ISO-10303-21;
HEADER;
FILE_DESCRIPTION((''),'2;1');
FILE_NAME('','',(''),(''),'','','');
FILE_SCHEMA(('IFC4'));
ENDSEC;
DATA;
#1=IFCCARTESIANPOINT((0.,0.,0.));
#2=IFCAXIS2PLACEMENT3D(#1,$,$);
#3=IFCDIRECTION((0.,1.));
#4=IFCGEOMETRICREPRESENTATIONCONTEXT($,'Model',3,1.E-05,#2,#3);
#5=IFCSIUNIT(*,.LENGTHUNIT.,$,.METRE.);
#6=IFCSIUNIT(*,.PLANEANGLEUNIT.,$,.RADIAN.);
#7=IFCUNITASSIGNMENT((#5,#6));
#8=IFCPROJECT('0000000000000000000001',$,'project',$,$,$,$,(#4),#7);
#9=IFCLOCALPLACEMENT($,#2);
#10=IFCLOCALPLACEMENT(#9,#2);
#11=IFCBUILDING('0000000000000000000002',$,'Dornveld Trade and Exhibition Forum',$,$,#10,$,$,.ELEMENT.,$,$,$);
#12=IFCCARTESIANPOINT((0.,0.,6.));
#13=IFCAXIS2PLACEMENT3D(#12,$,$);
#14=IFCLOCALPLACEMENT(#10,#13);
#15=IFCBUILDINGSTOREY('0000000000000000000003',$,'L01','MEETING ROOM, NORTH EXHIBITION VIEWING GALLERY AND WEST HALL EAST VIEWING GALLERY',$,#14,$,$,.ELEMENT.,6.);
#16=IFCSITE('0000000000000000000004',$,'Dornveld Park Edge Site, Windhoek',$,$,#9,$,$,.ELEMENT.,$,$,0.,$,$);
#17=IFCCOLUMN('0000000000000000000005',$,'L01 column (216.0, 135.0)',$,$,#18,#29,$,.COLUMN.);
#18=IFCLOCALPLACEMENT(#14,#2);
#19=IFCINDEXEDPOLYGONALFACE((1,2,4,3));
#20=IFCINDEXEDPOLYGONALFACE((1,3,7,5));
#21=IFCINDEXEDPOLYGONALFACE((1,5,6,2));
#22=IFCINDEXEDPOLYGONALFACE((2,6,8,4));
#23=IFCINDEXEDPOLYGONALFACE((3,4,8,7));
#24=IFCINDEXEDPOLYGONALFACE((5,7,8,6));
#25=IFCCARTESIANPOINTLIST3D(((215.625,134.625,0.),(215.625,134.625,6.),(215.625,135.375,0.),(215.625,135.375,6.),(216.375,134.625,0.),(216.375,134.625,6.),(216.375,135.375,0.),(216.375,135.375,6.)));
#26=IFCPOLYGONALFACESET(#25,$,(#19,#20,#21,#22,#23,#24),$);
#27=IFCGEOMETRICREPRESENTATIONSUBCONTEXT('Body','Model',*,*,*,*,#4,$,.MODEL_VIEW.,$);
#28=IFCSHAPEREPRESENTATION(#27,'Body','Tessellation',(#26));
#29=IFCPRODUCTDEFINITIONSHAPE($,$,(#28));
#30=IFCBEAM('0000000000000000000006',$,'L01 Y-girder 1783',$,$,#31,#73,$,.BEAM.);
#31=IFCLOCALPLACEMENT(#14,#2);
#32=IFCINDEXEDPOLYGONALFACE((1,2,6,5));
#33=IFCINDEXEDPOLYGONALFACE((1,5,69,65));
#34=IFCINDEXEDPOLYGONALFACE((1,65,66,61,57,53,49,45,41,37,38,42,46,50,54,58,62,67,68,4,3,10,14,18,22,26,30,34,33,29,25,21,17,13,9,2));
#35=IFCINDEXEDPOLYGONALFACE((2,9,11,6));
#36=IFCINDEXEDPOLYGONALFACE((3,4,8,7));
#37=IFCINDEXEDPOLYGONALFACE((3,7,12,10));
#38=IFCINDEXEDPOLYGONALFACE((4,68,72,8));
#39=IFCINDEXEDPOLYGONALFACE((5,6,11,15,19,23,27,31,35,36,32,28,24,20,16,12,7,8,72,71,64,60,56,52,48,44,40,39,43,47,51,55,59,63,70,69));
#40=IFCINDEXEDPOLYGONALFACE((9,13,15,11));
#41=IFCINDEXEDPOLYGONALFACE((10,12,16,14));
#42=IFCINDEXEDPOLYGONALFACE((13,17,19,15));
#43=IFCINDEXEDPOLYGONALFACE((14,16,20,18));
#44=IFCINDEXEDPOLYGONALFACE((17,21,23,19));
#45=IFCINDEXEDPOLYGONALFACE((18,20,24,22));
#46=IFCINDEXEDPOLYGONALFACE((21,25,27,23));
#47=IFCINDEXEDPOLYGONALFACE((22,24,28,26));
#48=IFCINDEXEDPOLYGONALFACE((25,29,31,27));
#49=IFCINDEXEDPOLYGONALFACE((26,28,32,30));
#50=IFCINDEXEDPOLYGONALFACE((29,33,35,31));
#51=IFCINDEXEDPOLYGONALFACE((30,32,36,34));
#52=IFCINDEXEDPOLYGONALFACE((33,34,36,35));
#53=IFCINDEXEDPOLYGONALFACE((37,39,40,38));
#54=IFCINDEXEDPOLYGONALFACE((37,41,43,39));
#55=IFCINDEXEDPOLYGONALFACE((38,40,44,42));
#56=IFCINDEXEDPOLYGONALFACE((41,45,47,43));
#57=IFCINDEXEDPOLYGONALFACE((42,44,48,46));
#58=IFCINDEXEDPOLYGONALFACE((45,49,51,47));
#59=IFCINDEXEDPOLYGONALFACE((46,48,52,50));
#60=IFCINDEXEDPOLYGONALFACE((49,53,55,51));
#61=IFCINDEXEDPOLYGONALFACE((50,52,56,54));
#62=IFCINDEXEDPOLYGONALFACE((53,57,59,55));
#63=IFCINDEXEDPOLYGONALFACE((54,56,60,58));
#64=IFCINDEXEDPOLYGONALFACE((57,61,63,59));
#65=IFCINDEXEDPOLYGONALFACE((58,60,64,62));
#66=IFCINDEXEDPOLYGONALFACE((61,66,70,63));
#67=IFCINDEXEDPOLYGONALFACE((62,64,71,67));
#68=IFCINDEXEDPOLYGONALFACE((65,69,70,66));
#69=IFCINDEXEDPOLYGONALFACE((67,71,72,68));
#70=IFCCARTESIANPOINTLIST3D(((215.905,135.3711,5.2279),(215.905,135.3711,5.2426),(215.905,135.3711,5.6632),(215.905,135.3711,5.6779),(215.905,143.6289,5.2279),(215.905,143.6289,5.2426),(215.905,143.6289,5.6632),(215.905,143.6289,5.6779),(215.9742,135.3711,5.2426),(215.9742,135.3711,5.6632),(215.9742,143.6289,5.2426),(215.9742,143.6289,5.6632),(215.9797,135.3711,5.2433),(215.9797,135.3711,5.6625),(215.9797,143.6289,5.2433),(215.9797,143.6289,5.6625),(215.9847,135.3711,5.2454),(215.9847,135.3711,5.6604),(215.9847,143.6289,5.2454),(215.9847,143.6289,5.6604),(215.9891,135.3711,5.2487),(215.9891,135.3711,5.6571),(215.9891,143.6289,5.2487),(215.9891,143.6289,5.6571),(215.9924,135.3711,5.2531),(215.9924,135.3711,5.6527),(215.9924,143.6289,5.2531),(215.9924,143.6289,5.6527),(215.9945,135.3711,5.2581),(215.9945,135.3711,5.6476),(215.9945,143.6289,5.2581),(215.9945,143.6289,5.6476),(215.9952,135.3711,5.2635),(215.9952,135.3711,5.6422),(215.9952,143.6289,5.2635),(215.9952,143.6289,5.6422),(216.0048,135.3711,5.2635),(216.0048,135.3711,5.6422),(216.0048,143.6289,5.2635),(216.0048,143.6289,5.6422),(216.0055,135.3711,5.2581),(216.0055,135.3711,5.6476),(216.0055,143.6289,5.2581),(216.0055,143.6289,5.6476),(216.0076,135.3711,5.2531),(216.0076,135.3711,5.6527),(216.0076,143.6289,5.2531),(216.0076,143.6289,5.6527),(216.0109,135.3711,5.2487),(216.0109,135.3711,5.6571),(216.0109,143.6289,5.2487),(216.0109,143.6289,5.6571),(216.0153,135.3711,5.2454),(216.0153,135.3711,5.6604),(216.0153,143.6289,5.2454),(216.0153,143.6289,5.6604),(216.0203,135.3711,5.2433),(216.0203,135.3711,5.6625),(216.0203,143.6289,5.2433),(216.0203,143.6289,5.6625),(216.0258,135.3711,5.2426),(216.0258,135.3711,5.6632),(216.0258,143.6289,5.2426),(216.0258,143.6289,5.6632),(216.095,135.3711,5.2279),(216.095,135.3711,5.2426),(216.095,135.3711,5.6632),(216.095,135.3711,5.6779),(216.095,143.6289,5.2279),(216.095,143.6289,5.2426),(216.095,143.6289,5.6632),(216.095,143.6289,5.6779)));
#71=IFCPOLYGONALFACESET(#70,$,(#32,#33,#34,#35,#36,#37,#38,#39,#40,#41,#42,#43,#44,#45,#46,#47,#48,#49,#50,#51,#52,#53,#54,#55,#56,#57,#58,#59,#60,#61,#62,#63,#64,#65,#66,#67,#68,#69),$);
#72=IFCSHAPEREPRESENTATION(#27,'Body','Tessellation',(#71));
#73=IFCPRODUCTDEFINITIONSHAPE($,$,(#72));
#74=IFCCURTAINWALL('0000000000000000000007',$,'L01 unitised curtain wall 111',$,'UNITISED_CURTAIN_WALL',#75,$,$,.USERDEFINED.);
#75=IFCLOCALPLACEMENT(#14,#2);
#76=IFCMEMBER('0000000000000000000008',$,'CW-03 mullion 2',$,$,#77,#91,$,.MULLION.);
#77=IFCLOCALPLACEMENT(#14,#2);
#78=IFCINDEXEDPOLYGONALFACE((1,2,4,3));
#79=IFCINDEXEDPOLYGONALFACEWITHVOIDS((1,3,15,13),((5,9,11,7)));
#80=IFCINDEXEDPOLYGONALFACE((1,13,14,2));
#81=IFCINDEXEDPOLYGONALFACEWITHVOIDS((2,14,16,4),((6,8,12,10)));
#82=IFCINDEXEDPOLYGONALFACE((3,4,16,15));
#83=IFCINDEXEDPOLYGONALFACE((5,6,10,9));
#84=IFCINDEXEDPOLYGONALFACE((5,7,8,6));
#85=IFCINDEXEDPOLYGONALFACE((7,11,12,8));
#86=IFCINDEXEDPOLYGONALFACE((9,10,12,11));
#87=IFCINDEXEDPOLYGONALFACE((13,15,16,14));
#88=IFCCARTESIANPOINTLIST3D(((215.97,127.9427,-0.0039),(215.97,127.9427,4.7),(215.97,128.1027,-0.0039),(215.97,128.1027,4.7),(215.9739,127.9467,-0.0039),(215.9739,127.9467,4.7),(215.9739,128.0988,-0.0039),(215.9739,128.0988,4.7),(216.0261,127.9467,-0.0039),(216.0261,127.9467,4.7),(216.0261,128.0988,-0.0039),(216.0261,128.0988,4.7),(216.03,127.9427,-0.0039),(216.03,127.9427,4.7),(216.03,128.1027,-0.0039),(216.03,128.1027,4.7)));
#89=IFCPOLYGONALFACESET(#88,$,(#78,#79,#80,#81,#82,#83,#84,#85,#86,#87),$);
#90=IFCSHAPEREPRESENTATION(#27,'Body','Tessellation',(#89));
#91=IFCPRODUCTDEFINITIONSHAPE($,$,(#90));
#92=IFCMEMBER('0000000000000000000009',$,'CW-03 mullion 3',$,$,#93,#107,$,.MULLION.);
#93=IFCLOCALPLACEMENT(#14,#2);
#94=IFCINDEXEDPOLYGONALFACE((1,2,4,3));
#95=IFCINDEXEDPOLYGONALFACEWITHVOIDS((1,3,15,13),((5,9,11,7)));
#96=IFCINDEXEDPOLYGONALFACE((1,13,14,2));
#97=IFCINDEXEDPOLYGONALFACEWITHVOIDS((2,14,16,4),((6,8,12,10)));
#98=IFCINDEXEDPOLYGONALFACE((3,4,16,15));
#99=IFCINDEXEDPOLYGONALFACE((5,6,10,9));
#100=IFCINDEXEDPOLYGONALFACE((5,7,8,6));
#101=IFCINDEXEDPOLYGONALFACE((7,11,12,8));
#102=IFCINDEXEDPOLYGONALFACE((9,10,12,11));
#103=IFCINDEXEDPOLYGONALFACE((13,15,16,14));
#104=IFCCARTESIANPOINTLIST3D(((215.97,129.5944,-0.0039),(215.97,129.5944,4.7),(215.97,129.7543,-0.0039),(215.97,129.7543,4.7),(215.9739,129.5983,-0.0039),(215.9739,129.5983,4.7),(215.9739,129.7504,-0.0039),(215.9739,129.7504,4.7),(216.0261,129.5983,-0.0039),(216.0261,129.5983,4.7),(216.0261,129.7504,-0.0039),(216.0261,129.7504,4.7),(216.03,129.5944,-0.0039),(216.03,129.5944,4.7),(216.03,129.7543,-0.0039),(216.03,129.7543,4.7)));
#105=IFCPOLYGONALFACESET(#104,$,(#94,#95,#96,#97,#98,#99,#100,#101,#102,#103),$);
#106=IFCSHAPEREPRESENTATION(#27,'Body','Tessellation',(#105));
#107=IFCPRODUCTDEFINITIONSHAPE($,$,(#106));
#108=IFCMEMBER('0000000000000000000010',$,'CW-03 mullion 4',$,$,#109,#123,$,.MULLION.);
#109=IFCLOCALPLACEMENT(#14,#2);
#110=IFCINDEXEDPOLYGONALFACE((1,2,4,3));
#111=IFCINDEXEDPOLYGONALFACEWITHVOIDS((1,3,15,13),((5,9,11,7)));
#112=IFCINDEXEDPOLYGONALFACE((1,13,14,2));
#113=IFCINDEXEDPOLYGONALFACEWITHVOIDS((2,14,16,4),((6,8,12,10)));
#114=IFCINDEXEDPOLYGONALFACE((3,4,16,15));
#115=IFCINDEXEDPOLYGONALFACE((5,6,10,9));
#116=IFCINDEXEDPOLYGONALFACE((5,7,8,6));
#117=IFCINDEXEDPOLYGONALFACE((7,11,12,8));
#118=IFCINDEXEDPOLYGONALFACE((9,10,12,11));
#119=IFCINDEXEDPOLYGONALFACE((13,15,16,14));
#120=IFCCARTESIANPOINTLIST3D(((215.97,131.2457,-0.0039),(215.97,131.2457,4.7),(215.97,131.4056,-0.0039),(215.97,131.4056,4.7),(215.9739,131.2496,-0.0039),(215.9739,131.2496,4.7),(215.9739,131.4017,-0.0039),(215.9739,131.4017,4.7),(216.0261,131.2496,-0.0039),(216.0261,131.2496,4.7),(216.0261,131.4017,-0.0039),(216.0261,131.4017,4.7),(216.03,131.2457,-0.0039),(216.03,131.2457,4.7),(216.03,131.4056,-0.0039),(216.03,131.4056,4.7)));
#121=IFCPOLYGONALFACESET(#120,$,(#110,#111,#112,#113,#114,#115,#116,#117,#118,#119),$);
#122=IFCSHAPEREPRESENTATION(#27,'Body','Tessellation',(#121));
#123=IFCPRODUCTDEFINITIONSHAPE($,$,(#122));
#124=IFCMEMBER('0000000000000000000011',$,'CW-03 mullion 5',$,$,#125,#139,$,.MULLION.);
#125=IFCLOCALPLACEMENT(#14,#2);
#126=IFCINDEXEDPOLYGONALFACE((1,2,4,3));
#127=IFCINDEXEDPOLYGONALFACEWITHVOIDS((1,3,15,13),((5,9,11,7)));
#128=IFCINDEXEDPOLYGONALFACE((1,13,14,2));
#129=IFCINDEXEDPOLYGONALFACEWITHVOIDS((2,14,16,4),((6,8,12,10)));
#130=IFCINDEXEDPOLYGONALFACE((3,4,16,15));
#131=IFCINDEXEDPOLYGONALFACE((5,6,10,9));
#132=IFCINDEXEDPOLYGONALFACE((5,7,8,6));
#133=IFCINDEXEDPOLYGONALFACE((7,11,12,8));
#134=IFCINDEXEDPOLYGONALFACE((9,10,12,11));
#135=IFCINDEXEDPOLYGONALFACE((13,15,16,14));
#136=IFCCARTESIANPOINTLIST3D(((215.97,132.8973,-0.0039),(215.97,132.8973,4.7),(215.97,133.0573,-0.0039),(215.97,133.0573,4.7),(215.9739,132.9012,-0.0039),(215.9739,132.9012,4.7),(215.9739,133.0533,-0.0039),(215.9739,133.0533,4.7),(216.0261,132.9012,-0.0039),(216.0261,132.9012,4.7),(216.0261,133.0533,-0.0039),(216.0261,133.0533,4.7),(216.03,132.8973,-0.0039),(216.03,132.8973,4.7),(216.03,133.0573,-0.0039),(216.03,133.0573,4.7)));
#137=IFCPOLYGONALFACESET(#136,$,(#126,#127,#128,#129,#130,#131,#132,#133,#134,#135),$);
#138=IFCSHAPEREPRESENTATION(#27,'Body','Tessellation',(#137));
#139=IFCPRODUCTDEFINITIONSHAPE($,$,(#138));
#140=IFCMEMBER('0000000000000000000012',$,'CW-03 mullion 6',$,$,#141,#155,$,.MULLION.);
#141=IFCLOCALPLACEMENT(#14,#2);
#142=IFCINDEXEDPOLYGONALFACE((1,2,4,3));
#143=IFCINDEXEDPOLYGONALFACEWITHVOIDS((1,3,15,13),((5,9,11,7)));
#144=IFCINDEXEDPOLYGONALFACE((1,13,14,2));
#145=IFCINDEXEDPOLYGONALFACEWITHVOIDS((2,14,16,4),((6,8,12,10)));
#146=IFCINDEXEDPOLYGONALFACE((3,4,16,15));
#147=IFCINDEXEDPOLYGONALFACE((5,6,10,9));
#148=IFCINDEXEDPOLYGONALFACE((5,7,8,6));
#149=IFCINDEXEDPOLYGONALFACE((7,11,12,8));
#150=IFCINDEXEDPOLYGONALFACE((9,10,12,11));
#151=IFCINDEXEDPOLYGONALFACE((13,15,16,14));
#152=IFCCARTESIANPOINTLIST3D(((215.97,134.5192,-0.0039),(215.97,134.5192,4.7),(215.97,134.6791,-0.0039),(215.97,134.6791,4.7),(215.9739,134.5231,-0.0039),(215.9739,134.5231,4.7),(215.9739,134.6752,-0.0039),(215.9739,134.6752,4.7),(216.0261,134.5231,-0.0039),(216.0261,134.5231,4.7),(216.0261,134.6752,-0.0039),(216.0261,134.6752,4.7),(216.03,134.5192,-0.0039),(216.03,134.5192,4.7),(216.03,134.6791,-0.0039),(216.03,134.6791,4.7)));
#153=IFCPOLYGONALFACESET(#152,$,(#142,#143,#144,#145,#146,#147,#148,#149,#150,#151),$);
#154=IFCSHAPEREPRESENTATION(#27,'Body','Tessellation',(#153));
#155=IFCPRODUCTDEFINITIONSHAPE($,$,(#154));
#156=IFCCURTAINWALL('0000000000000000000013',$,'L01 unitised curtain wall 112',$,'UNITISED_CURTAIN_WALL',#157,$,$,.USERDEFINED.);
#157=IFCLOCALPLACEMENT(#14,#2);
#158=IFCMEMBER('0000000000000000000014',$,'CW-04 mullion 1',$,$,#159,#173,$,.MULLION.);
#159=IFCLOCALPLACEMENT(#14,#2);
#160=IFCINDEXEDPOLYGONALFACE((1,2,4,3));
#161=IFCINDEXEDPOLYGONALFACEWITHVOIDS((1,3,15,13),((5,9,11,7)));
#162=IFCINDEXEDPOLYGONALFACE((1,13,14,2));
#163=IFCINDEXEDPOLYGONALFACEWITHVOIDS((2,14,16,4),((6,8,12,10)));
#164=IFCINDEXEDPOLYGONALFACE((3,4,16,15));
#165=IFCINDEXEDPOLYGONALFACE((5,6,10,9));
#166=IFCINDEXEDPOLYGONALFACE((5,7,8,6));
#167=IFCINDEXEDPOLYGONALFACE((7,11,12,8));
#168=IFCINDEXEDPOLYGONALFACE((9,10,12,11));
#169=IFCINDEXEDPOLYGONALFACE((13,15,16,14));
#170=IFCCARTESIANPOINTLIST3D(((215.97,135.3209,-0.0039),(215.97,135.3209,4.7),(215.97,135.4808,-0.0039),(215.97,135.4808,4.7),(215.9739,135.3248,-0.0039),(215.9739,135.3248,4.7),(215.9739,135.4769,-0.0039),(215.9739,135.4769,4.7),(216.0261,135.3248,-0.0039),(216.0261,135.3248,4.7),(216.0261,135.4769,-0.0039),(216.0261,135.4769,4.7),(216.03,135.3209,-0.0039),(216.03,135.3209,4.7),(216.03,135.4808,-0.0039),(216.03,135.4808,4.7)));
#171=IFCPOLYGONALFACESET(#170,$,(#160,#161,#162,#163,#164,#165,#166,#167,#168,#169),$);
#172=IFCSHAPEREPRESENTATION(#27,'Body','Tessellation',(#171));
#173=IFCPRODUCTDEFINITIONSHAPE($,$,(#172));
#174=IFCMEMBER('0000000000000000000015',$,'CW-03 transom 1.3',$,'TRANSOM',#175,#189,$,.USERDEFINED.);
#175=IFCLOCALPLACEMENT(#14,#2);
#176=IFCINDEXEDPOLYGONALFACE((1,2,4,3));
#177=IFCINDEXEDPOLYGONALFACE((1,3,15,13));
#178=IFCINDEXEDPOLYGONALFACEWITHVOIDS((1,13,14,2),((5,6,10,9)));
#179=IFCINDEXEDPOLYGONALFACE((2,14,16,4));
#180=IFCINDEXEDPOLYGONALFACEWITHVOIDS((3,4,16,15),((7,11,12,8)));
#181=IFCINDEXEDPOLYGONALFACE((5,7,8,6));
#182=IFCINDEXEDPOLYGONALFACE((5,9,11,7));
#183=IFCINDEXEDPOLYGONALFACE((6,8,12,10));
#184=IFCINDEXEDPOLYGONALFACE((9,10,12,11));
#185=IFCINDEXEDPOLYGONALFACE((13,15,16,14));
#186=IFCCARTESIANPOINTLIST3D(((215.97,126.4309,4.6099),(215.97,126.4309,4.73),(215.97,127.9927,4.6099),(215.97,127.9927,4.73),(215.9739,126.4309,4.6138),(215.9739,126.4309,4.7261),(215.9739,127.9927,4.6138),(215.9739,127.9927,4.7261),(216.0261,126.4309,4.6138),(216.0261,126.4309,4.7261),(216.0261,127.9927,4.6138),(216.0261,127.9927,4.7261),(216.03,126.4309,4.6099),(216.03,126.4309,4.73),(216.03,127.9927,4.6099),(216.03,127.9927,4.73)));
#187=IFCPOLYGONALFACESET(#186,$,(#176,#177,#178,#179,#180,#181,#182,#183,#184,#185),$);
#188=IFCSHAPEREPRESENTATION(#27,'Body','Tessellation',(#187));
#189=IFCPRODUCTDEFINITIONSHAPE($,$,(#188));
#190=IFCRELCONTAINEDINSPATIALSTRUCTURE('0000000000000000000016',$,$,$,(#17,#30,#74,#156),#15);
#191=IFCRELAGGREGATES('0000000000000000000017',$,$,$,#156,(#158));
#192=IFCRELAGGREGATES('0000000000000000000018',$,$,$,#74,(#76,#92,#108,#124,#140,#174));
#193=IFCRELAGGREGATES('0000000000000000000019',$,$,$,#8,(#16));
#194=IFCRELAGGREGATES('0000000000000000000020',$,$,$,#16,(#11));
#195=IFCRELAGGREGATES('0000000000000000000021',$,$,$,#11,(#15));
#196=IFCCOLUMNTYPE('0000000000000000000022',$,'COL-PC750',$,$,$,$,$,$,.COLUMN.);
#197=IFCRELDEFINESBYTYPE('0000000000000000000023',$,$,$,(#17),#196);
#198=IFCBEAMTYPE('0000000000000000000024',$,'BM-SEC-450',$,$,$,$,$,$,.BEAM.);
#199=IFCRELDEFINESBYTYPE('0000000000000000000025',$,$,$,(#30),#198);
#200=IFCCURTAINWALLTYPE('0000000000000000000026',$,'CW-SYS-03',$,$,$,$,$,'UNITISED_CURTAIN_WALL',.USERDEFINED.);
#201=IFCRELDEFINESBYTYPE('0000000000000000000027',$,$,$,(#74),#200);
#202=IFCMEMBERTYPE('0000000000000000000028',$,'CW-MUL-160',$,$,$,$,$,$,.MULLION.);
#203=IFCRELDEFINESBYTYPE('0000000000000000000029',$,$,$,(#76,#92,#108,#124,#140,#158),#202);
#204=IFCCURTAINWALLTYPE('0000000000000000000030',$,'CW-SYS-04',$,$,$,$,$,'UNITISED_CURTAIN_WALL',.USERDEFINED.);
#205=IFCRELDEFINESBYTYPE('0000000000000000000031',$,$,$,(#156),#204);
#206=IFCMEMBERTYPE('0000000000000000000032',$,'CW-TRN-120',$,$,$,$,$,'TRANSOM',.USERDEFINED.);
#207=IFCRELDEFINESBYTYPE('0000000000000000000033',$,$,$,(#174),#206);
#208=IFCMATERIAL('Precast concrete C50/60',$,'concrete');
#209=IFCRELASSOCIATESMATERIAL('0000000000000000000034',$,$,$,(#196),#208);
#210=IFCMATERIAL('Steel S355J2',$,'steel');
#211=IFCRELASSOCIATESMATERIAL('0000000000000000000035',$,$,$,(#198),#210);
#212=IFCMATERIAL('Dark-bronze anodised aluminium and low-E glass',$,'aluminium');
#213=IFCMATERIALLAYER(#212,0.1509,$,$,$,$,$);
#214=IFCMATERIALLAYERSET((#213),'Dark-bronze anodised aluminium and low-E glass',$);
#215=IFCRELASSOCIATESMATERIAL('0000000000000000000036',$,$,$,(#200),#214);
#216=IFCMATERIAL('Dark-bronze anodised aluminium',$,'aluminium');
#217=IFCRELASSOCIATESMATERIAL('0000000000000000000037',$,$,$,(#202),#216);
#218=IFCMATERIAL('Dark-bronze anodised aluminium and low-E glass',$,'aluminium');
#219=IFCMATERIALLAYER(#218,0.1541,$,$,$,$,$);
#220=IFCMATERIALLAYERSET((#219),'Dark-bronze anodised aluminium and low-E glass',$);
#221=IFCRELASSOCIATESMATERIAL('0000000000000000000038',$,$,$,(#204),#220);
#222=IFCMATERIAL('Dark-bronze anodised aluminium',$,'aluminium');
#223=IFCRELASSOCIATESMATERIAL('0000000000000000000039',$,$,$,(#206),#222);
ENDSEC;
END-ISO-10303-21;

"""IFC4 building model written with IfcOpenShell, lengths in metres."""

from ifc_helpers import new_model, si_unit, direction, frame, origin, origin_2d, place, context, subcontext, project, spatial, rectangle, hollow_rectangle, i_section, extrude, material, layer, layer_set, material_profile, profile_set, type_object, element, aggregate, save


model = new_model("IFC4")

# Units and contexts
model_context = context("Model", 3, precision=1e-05, world=origin(), true_north=direction((0.0, 1.0)))
body_context = subcontext(model_context, "Body", "Model", "MODEL_VIEW")
ifc_project = project(units=[si_unit("LENGTHUNIT", "METRE"), si_unit("PLANEANGLEUNIT", "RADIAN")], contexts=[model_context])

# Site, building, storey
site_placement = place(None, origin())
site = spatial("IfcSite", under=ifc_project, at=site_placement, Name="Dornveld Park Edge Site, Windhoek", CompositionType="ELEMENT", RefElevation=0.0)
building_placement = place(site_placement, origin())
building = spatial("IfcBuilding", under=site, at=building_placement, Name="Dornveld Trade and Exhibition Forum", CompositionType="ELEMENT")
storey_placement = place(building_placement, frame((0.0, 0.0, 6.0)))
storey = spatial("IfcBuildingStorey", under=building, at=storey_placement, Name="L01", Description="MEETING ROOM, NORTH EXHIBITION VIEWING GALLERY AND WEST HALL EAST VIEWING GALLERY", CompositionType="ELEMENT", Elevation=6.0)

# Column
ifc_material_1 = material(Name="Precast concrete C50/60", Category="concrete")
ifc_material_profile_1 = material_profile(ifc_material_1, rectangle(XDim=0.75, YDim=0.75, at=origin_2d()), Name="PC-COL 750x750")
ifc_profile_set_1 = profile_set([ifc_material_profile_1], Name="Precast concrete C50/60")
column_type = type_object("IfcColumnType", Name="COL-PC750", PredefinedType="COLUMN", material=ifc_profile_set_1)
column_placement = place(storey_placement, frame((216.0, 135.0, 0.0), z_axis=(0.0, 0.0, 1.0), x_axis=(1.0, 0.0, 0.0)))
element("IfcColumn", 1, at=column_placement, inside=storey, type_object=column_type, Name="L01 column (216.0, 135.0)", PredefinedType="COLUMN", context=body_context, shape_type="SweptSolid", body=[
    extrude(rectangle(XDim=0.75, YDim=0.75, at=origin_2d()), origin(), (0.0, 0.0, 1.0), 6.0),
])

# Beam
ifc_material_2 = material(Name="Steel S355J2", Category="steel")
ifc_material_profile_2 = material_profile(ifc_material_2, i_section(OverallWidth=0.1899, OverallDepth=0.45, WebThickness=0.0095, FlangeThickness=0.0146, FilletRadius=0.021, at=origin_2d()), Name="IPE 450")
ifc_profile_set_2 = profile_set([ifc_material_profile_2], Name="Steel S355J2")
beam_type = type_object("IfcBeamType", Name="BM-SEC-450", PredefinedType="BEAM", material=ifc_profile_set_2)
beam_placement = place(storey_placement, frame((216.0, 135.3711, 5.4529), z_axis=(0.0, 1.0, 0.0), x_axis=(-1.0, 0.0, 0.0)))
element("IfcBeam", 2, at=beam_placement, inside=storey, type_object=beam_type, Name="L01 Y-girder 1783", PredefinedType="BEAM", context=body_context, shape_type="SweptSolid", body=[
    extrude(i_section(OverallWidth=0.1899, OverallDepth=0.45, WebThickness=0.0095, FlangeThickness=0.0146, FilletRadius=0.021, at=origin_2d()), origin(), (0.0, 0.0, 1.0), 8.2578),
])

# Curtain wall, members
ifc_material_3 = material(Name="Dark-bronze anodised aluminium and low-E glass", Category="aluminium")
ifc_layer_1 = layer(ifc_material_3, 0.1509)
ifc_layer_set_1 = layer_set([ifc_layer_1], Name="Dark-bronze anodised aluminium and low-E glass")
curtain_wall_type_1 = type_object("IfcCurtainWallType", Name="CW-SYS-03", ElementType="UNITISED_CURTAIN_WALL", PredefinedType="USERDEFINED", material=ifc_layer_set_1)
curtain_wall_1_placement = place(storey_placement, origin())
curtain_wall_1 = element("IfcCurtainWall", 3, at=curtain_wall_1_placement, inside=storey, type_object=curtain_wall_type_1, Name="L01 unitised curtain wall 111", ObjectType="UNITISED_CURTAIN_WALL", PredefinedType="USERDEFINED")
ifc_material_4 = material(Name="Dark-bronze anodised aluminium", Category="aluminium")
ifc_material_profile_3 = material_profile(ifc_material_4, hollow_rectangle(XDim=0.0601, YDim=0.1599, WallThickness=0.0039, at=origin_2d()), Name="RHS 160x60x4")
ifc_profile_set_3 = profile_set([ifc_material_profile_3], Name="Dark-bronze anodised aluminium")
member_type_1 = type_object("IfcMemberType", Name="CW-MUL-160", PredefinedType="MULLION", material=ifc_profile_set_3)
member_1_placement = place(storey_placement, frame((216.0, 128.0227, -0.0039), z_axis=(0.0, 0.0, 1.0), x_axis=(-1.0, 0.0, 0.0)))
member_1 = element("IfcMember", 4, at=member_1_placement, type_object=member_type_1, Name="CW-03 mullion 2", PredefinedType="MULLION", context=body_context, shape_type="SweptSolid", body=[
    extrude(hollow_rectangle(XDim=0.0601, YDim=0.1599, WallThickness=0.0039, at=origin_2d()), origin(), (0.0, 0.0, 1.0), 4.7039),
])
member_2_placement = place(storey_placement, frame((216.0, 129.6743, -0.0039), z_axis=(0.0, 0.0, 1.0), x_axis=(-1.0, 0.0, 0.0)))
member_2 = element("IfcMember", 5, at=member_2_placement, type_object=member_type_1, Name="CW-03 mullion 3", PredefinedType="MULLION", context=body_context, shape_type="SweptSolid", body=[
    extrude(hollow_rectangle(XDim=0.0601, YDim=0.1599, WallThickness=0.0039, at=origin_2d()), origin(), (0.0, 0.0, 1.0), 4.7039),
])
member_3_placement = place(storey_placement, frame((216.0, 131.3257, -0.0039), z_axis=(0.0, 0.0, 1.0), x_axis=(-1.0, 0.0, 0.0)))
member_3 = element("IfcMember", 6, at=member_3_placement, type_object=member_type_1, Name="CW-03 mullion 4", PredefinedType="MULLION", context=body_context, shape_type="SweptSolid", body=[
    extrude(hollow_rectangle(XDim=0.0601, YDim=0.1599, WallThickness=0.0039, at=origin_2d()), origin(), (0.0, 0.0, 1.0), 4.7039),
])
member_4_placement = place(storey_placement, frame((216.0, 132.9773, -0.0039), z_axis=(0.0, 0.0, 1.0), x_axis=(-1.0, 0.0, 0.0)))
member_4 = element("IfcMember", 7, at=member_4_placement, type_object=member_type_1, Name="CW-03 mullion 5", PredefinedType="MULLION", context=body_context, shape_type="SweptSolid", body=[
    extrude(hollow_rectangle(XDim=0.0601, YDim=0.1599, WallThickness=0.0039, at=origin_2d()), origin(), (0.0, 0.0, 1.0), 4.7039),
])
member_5_placement = place(storey_placement, frame((216.0, 134.5991, -0.0039), z_axis=(0.0, 0.0, 1.0), x_axis=(-1.0, 0.0, 0.0)))
member_5 = element("IfcMember", 8, at=member_5_placement, type_object=member_type_1, Name="CW-03 mullion 6", PredefinedType="MULLION", context=body_context, shape_type="SweptSolid", body=[
    extrude(hollow_rectangle(XDim=0.0601, YDim=0.1599, WallThickness=0.0039, at=origin_2d()), origin(), (0.0, 0.0, 1.0), 4.7039),
])

# Curtain wall, member
ifc_material_5 = material(Name="Dark-bronze anodised aluminium and low-E glass", Category="aluminium")
ifc_layer_2 = layer(ifc_material_5, 0.1541)
ifc_layer_set_2 = layer_set([ifc_layer_2], Name="Dark-bronze anodised aluminium and low-E glass")
curtain_wall_type_2 = type_object("IfcCurtainWallType", Name="CW-SYS-04", ElementType="UNITISED_CURTAIN_WALL", PredefinedType="USERDEFINED", material=ifc_layer_set_2)
curtain_wall_2_placement = place(storey_placement, origin())
curtain_wall_2 = element("IfcCurtainWall", 9, at=curtain_wall_2_placement, inside=storey, type_object=curtain_wall_type_2, Name="L01 unitised curtain wall 112", ObjectType="UNITISED_CURTAIN_WALL", PredefinedType="USERDEFINED")
member_6_placement = place(storey_placement, frame((216.0, 135.4009, -0.0039), z_axis=(0.0, 0.0, 1.0), x_axis=(-1.0, 0.0, 0.0)))
member_6 = element("IfcMember", 10, at=member_6_placement, type_object=member_type_1, Name="CW-04 mullion 1", PredefinedType="MULLION", context=body_context, shape_type="SweptSolid", body=[
    extrude(hollow_rectangle(XDim=0.0601, YDim=0.1599, WallThickness=0.0039, at=origin_2d()), origin(), (0.0, 0.0, 1.0), 4.7039),
])
aggregate(curtain_wall_2, [member_6])

# Member
ifc_material_6 = material(Name="Dark-bronze anodised aluminium", Category="aluminium")
ifc_material_profile_4 = material_profile(ifc_material_6, hollow_rectangle(XDim=0.0601, YDim=0.1201, WallThickness=0.0039, at=origin_2d()), Name="RHS 120x60x4")
ifc_profile_set_4 = profile_set([ifc_material_profile_4], Name="Dark-bronze anodised aluminium")
member_type_2 = type_object("IfcMemberType", Name="CW-TRN-120", ElementType="TRANSOM", PredefinedType="USERDEFINED", material=ifc_profile_set_4)
member_7_placement = place(storey_placement, frame((216.0, 126.4309, 4.6699), z_axis=(0.0, 1.0, 0.0), x_axis=(-1.0, 0.0, 0.0)))
member_7 = element("IfcMember", 11, at=member_7_placement, type_object=member_type_2, Name="CW-03 transom 1.3", ObjectType="TRANSOM", PredefinedType="USERDEFINED", context=body_context, shape_type="SweptSolid", body=[
    extrude(hollow_rectangle(XDim=0.0601, YDim=0.1201, WallThickness=0.0039, at=origin_2d()), origin(), (0.0, 0.0, 1.0), 1.5618),
])

aggregate(curtain_wall_1, [member_1, member_2, member_3, member_4, member_5, member_7])

save(model, "model.ifc")
